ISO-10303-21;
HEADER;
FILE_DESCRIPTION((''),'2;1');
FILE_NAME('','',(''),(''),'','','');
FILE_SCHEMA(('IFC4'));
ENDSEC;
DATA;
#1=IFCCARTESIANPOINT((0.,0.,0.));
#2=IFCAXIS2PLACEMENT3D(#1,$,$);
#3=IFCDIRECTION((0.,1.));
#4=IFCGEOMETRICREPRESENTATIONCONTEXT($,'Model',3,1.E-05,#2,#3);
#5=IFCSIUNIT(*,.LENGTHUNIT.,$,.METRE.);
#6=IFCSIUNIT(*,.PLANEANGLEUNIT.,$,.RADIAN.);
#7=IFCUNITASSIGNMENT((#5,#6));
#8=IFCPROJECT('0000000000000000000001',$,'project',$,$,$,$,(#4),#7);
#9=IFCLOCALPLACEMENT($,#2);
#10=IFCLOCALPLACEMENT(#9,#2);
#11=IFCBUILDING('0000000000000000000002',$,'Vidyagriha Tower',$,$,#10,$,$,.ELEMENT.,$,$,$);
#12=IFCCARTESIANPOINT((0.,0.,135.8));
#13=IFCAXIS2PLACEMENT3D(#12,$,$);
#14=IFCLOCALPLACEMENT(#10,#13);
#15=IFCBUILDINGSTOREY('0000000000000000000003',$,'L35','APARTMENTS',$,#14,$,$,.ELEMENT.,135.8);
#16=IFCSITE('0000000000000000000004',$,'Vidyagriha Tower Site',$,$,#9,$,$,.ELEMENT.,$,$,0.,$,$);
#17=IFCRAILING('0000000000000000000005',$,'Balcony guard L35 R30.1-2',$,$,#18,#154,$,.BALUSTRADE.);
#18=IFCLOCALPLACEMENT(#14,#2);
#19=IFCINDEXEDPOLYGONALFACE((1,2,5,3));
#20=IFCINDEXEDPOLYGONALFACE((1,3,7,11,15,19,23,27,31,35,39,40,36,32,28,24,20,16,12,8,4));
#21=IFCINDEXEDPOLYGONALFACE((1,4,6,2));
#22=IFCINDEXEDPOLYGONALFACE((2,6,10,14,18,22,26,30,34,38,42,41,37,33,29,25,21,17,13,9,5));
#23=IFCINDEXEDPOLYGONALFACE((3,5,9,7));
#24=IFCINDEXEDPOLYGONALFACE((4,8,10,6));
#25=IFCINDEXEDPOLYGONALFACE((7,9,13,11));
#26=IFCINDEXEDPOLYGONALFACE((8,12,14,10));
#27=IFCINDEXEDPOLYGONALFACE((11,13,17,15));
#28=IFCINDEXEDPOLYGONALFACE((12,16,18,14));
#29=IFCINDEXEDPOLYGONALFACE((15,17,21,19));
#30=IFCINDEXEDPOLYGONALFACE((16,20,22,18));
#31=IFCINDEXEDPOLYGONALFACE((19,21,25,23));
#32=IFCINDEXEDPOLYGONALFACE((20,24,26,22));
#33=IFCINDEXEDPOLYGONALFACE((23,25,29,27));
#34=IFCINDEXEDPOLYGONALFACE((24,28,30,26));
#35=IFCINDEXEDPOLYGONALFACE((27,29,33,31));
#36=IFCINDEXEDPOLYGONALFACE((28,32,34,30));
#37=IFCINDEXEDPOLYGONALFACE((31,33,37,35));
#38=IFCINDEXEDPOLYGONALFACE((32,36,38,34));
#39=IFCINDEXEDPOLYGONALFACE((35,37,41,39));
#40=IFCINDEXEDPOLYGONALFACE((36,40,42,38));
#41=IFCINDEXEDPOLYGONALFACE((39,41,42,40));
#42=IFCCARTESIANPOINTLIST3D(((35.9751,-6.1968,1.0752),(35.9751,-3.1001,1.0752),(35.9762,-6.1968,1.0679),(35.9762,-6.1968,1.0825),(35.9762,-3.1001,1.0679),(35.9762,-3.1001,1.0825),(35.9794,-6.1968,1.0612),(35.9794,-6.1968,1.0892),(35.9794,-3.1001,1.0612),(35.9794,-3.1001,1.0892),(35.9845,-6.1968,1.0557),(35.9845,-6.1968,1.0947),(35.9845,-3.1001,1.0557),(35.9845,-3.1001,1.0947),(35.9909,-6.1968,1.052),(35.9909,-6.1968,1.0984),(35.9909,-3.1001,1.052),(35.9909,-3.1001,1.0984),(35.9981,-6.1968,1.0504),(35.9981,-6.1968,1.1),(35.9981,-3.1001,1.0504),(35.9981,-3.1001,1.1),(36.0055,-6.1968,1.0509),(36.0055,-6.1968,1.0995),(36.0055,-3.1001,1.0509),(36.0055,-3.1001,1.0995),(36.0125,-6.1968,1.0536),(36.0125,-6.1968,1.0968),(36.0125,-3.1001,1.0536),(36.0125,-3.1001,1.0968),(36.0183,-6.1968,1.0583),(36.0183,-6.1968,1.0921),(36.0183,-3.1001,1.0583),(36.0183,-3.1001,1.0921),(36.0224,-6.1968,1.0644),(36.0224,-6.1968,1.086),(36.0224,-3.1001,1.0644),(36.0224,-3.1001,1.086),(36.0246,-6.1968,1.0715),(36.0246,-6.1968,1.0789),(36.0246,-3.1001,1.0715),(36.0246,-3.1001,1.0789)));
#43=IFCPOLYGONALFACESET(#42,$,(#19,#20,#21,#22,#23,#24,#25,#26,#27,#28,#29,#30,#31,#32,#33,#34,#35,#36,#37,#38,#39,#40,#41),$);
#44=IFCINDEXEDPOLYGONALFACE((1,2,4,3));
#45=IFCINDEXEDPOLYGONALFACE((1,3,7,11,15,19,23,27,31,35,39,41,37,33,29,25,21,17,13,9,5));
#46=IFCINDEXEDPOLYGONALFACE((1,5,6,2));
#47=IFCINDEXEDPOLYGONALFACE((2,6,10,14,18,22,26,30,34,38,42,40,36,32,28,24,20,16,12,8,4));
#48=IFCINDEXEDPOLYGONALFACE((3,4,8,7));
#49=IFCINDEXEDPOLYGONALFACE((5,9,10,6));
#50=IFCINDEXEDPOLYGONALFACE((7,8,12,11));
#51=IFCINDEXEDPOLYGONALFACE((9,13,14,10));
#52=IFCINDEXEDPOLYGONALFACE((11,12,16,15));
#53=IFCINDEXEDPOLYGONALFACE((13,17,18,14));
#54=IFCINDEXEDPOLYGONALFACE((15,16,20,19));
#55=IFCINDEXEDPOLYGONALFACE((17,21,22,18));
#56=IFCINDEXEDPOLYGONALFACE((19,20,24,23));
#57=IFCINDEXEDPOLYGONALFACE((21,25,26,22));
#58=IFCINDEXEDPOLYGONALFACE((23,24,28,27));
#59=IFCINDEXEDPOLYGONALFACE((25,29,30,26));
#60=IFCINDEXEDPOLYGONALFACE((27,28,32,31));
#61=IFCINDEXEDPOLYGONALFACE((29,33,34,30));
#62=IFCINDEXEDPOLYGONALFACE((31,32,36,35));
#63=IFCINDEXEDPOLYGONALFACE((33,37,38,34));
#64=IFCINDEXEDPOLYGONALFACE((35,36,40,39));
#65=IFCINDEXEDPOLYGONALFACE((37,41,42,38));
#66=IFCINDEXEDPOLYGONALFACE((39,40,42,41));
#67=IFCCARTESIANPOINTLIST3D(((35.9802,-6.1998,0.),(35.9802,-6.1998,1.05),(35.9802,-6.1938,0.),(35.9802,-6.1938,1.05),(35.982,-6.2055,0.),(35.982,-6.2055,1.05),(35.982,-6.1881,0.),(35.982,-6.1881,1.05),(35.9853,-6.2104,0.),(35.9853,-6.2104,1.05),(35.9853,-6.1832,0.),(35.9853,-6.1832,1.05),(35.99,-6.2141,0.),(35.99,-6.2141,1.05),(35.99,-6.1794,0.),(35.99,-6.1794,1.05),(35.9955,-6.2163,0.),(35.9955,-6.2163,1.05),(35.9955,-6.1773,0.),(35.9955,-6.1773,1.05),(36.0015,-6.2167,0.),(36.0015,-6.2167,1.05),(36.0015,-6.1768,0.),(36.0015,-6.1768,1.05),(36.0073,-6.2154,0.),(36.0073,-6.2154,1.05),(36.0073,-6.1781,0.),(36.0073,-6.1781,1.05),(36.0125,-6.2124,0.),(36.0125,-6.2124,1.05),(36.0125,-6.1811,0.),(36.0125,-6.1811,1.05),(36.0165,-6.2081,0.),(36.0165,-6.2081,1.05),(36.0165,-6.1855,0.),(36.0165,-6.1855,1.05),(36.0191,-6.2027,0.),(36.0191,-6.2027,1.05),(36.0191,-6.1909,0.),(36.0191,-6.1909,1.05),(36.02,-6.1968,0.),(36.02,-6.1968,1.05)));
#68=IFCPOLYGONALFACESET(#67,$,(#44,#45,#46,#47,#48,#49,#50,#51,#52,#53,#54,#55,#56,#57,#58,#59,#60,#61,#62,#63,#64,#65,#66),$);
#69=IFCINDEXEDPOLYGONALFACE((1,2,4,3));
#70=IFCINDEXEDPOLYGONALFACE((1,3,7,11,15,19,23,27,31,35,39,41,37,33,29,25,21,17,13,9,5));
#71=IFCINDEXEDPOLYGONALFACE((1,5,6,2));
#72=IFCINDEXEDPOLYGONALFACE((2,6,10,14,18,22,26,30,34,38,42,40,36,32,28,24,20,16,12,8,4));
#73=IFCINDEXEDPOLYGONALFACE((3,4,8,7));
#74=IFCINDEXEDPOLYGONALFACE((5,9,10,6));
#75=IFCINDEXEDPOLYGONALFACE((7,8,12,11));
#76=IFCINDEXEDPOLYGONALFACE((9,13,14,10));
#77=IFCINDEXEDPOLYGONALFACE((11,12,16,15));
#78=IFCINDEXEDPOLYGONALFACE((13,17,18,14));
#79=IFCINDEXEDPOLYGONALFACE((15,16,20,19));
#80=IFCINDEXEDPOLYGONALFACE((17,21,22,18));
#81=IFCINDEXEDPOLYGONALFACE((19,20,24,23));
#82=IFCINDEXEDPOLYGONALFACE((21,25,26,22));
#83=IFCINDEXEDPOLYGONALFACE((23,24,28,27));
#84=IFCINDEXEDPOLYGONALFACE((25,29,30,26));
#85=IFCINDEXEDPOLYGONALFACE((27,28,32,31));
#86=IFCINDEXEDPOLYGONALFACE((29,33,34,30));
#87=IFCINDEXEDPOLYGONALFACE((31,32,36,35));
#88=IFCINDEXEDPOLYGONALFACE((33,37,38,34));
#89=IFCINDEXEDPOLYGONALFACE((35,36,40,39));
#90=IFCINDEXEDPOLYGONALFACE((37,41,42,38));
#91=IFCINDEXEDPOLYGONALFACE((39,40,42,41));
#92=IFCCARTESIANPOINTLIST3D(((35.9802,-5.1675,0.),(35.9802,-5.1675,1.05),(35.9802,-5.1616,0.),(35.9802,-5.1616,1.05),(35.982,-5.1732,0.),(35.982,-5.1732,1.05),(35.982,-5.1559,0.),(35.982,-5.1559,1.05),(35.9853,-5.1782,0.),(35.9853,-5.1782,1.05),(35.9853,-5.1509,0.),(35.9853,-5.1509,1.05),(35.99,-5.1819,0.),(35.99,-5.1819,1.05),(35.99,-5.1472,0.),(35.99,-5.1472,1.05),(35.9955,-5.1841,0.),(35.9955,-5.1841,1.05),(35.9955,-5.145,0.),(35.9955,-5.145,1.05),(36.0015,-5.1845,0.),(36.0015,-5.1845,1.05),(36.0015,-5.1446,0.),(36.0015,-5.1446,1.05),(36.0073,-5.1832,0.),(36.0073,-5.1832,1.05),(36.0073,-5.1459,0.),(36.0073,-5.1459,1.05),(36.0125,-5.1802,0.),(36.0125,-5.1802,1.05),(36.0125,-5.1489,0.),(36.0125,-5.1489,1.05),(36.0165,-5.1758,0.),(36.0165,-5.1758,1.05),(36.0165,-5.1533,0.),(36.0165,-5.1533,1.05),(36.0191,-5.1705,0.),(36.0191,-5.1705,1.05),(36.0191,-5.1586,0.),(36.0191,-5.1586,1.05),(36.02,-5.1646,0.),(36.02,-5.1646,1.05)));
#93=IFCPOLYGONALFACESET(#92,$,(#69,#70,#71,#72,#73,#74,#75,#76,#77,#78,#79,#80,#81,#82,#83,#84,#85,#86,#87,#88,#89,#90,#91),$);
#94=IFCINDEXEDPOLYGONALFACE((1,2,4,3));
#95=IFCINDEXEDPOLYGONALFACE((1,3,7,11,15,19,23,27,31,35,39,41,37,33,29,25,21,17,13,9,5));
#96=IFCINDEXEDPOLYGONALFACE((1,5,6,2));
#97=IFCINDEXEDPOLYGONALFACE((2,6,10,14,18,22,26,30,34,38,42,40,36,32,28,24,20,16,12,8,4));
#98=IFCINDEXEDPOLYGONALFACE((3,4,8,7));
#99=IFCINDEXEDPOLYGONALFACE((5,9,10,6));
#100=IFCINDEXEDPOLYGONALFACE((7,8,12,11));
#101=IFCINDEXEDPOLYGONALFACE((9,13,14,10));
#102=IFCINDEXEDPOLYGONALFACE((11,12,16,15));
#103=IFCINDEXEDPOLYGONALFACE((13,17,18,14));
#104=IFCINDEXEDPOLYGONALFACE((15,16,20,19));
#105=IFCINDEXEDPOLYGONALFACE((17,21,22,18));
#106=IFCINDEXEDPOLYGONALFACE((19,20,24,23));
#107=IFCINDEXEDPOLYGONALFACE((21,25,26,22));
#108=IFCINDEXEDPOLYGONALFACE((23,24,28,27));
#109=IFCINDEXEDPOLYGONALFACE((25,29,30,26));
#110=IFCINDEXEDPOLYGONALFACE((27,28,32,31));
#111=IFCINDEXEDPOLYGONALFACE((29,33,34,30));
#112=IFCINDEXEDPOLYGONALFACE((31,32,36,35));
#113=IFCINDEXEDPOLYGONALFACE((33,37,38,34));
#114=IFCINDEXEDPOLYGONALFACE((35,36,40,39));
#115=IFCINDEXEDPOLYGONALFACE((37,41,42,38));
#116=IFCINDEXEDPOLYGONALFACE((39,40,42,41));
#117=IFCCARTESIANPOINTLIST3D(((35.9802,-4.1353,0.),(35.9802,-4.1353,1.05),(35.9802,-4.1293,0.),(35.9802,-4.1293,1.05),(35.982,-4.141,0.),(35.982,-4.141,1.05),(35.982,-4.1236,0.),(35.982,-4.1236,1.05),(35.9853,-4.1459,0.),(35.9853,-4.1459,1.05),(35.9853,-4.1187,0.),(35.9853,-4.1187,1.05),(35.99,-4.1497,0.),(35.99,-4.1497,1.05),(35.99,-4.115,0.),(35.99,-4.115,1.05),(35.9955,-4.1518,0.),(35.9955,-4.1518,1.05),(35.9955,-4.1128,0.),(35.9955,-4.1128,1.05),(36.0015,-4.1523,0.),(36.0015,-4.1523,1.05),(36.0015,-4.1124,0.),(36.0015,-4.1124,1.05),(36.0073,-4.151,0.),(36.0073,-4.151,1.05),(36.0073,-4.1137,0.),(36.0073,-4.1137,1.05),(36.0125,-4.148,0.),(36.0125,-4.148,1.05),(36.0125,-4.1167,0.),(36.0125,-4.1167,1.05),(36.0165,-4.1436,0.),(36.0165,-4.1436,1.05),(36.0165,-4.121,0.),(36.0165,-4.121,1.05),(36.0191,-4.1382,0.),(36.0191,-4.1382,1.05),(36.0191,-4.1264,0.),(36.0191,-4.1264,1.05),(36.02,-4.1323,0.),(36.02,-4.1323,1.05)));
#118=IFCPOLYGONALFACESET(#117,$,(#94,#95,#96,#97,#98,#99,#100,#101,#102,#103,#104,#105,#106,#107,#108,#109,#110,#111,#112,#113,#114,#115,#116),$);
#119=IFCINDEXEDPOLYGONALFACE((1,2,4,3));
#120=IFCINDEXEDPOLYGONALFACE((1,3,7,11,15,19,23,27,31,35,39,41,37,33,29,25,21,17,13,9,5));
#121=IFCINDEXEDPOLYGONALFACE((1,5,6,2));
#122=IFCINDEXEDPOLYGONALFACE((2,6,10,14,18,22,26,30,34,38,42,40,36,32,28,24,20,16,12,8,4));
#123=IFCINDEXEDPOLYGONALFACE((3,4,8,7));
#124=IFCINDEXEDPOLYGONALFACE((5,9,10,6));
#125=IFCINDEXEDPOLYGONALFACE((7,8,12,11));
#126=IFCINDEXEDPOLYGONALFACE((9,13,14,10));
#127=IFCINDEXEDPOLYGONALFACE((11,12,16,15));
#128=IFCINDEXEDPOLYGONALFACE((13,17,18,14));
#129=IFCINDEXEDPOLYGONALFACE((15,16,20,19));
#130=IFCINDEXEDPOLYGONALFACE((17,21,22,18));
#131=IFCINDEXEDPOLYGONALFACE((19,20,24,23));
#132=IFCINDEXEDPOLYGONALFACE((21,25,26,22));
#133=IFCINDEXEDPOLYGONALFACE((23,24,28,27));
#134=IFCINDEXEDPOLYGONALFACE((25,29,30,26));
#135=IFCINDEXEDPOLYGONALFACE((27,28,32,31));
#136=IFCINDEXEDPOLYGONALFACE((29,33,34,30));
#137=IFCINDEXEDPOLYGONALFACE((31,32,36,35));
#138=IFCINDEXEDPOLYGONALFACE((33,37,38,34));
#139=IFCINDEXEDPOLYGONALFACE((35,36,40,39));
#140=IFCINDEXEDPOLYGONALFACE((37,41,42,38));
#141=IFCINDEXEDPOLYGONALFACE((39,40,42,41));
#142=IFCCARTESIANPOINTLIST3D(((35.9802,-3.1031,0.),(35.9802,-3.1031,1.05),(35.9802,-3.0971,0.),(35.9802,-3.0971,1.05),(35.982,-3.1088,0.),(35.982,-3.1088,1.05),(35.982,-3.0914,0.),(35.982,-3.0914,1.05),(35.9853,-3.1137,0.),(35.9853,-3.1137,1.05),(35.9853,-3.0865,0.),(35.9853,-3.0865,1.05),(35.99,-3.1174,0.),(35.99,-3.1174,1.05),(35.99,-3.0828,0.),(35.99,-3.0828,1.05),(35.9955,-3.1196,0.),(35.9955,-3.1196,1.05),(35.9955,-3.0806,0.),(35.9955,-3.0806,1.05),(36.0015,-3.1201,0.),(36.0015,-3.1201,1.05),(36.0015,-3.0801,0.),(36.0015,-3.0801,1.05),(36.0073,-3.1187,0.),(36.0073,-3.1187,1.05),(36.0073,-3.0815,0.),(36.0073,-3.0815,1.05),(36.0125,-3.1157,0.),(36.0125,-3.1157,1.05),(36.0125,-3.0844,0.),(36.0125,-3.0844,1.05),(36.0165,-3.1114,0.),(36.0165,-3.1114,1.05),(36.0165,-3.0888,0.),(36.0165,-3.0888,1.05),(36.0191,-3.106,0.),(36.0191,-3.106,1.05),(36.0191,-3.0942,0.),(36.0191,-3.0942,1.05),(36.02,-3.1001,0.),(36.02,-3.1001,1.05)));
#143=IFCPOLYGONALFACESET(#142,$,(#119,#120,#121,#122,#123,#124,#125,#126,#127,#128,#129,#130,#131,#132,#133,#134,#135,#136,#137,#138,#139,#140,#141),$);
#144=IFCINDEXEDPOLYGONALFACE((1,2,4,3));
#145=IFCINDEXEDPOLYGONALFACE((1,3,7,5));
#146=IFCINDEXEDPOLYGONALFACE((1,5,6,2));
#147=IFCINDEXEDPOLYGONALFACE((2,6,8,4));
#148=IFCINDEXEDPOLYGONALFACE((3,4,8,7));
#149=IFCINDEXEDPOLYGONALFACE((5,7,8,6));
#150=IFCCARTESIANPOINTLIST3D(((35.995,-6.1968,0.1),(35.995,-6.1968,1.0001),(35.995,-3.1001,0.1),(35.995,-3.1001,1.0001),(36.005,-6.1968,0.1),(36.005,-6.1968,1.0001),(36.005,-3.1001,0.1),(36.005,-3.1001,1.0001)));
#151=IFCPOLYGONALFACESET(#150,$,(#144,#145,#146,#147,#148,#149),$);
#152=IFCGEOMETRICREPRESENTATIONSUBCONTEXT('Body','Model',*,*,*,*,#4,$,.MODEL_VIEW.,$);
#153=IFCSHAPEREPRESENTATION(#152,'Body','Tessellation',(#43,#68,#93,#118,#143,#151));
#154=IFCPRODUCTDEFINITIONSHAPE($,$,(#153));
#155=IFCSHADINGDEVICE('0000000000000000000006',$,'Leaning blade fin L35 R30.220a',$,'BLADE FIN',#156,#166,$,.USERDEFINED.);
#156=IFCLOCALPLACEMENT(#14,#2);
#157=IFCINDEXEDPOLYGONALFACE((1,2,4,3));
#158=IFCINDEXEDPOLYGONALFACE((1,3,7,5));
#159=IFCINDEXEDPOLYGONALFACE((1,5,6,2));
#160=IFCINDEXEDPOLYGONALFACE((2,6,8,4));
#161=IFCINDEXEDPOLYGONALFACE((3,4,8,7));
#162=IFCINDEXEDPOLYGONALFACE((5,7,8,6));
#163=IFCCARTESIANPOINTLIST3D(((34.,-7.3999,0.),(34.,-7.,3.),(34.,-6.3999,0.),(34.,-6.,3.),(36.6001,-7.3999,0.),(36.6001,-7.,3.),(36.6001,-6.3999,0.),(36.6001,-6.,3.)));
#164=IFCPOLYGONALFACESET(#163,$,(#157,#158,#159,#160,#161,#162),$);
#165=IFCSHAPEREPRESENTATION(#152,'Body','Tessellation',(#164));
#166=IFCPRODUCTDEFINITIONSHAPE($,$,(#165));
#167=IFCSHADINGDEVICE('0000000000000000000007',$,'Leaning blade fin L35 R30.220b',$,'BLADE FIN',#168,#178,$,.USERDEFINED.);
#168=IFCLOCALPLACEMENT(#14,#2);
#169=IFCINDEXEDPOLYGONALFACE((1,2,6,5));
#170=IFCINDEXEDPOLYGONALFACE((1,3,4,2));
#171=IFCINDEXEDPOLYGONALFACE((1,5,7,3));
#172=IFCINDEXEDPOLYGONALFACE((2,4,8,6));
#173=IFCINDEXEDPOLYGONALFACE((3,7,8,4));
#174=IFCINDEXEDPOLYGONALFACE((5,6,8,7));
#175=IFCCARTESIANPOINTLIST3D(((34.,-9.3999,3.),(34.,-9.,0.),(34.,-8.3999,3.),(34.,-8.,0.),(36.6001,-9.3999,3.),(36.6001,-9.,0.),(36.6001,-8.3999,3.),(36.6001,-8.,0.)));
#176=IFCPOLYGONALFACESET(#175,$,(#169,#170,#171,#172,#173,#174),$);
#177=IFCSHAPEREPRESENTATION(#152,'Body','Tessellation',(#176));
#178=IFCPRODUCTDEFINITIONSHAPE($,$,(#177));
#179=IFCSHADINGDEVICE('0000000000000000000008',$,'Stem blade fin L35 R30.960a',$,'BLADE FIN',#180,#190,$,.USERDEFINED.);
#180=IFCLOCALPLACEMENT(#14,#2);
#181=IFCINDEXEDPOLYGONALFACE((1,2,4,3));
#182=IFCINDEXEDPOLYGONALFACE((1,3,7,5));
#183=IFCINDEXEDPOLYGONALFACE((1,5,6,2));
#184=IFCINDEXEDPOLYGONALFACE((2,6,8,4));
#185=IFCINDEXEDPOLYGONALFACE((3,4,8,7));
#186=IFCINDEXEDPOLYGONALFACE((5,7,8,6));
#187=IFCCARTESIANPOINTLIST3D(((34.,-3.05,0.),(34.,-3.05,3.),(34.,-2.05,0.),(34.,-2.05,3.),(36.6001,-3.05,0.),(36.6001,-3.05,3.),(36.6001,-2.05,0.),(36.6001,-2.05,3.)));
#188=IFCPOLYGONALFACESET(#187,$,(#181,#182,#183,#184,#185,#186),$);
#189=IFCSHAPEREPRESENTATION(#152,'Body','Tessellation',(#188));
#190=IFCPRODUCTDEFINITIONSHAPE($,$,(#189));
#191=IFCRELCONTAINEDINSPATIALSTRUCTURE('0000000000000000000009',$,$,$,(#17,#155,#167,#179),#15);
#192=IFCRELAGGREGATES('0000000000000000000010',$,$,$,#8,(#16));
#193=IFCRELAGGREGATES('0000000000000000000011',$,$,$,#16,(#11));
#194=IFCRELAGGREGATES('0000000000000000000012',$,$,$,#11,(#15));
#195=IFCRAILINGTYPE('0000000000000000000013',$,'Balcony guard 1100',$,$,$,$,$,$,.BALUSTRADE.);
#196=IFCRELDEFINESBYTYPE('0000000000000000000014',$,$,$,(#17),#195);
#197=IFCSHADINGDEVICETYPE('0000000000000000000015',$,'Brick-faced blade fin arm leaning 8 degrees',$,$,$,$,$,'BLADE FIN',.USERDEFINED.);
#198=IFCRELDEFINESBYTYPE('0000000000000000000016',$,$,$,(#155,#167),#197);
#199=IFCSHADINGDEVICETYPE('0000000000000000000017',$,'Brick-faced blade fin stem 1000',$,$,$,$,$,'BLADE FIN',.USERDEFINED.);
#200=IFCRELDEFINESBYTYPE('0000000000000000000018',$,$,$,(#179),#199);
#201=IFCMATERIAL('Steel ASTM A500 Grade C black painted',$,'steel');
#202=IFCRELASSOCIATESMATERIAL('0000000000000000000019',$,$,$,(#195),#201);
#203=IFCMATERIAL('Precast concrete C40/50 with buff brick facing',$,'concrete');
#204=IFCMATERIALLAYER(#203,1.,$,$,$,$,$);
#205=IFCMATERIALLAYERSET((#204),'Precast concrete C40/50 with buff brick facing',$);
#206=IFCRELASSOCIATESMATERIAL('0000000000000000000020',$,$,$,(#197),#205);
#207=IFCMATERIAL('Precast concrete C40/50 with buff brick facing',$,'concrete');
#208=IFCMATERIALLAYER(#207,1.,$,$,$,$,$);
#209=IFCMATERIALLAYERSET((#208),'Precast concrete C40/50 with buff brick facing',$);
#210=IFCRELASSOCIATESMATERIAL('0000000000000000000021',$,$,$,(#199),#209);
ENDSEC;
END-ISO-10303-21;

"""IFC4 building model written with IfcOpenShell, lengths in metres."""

from ifc_helpers import new_model, si_unit, direction, frame, origin, origin_2d, place, context, subcontext, project, spatial, polyline, rectangle, circle, outline, extrude, material, layer, layer_set, type_object, element, save


model = new_model("IFC4")

# Units and contexts
model_context = context("Model", 3, precision=1e-05, world=origin(), true_north=direction((0.0, 1.0)))
body_context = subcontext(model_context, "Body", "Model", "MODEL_VIEW")
ifc_project = project(units=[si_unit("LENGTHUNIT", "METRE"), si_unit("PLANEANGLEUNIT", "RADIAN")], contexts=[model_context])

# Site, building, storey
site_placement = place(None, origin())
site = spatial("IfcSite", under=ifc_project, at=site_placement, Name="Vidyagriha Tower Site", CompositionType="ELEMENT", RefElevation=0.0)
building_placement = place(site_placement, origin())
building = spatial("IfcBuilding", under=site, at=building_placement, Name="Vidyagriha Tower", CompositionType="ELEMENT")
storey_placement = place(building_placement, frame((0.0, 0.0, 135.8)))
storey = spatial("IfcBuildingStorey", under=building, at=storey_placement, Name="L35", Description="APARTMENTS", CompositionType="ELEMENT", Elevation=135.8)

# Railing
ifc_material_1 = material(Name="Steel ASTM A500 Grade C black painted", Category="steel")
railing_type_1 = type_object("IfcRailingType", Name="Balcony guard 1100", PredefinedType="BALUSTRADE", material=ifc_material_1)
railing_1_placement = place(storey_placement, frame((36.0, -6.1968, 0.0)))
element("IfcRailing", 1, at=railing_1_placement, inside=storey, type_object=railing_type_1, Name="Balcony guard L35 R30.1-2", PredefinedType="BALUSTRADE", context=body_context, shape_type="SweptSolid", body=[
    extrude(circle(Radius=0.0249, at=origin_2d()), frame((0.0, 0.0, 1.0752), z_axis=(0.0, 1.0, 0.0), x_axis=(-1.0, 0.0, 0.0)), (0.0, 0.0, 1.0), 3.0967),
    extrude(circle(Radius=0.02, at=origin_2d()), origin(), (0.0, 0.0, 1.0), 1.05),
    extrude(circle(Radius=0.02, at=origin_2d()), frame((0.0, 1.0322, 0.0)), (0.0, 0.0, 1.0), 1.05),
    extrude(circle(Radius=0.02, at=origin_2d()), frame((0.0, 2.0645, 0.0)), (0.0, 0.0, 1.0), 1.05),
    extrude(circle(Radius=0.02, at=origin_2d()), frame((0.0, 3.0967, 0.0)), (0.0, 0.0, 1.0), 1.05),
    extrude(rectangle(XDim=0.01, YDim=0.9001, at=origin_2d()), frame((0.0, 0.0, 0.55), z_axis=(0.0, 1.0, 0.0), x_axis=(-1.0, 0.0, 0.0)), (0.0, 0.0, 1.0), 3.0967),
])

# Shading devices
ifc_material_2 = material(Name="Precast concrete C40/50 with buff brick facing", Category="concrete")
ifc_layer_1 = layer(ifc_material_2, 1.0)
ifc_layer_set_1 = layer_set([ifc_layer_1], Name="Precast concrete C40/50 with buff brick facing")
shading_device_type_1 = type_object("IfcShadingDeviceType", Name="Brick-faced blade fin arm leaning 8 degrees", ElementType="BLADE FIN", PredefinedType="USERDEFINED", material=ifc_layer_set_1)
shading_device_1_placement = place(storey_placement, frame((35.3, -7.3999, 0.0), z_axis=(0.0, 0.0, 1.0), x_axis=(0.0, 1.0, 0.0)))
element("IfcShadingDevice", 2, at=shading_device_1_placement, inside=storey, type_object=shading_device_type_1, Name="Leaning blade fin L35 R30.220a", ObjectType="BLADE FIN", PredefinedType="USERDEFINED", context=body_context, shape_type="SweptSolid", body=[
    extrude(outline(polyline([(0.0, 0.0), (1.0, 0.0), (1.3999, 3.0), (0.3999, 3.0), (0.0, 0.0)])), frame((0.0, 1.3, 0.0), z_axis=(0.0, -1.0, 0.0), x_axis=(1.0, 0.0, 0.0)), (0.0, 0.0, 1.0), 2.6001),
])
shading_device_2_placement = place(storey_placement, frame((35.3, -9.3999, 0.0), z_axis=(0.0, 0.0, 1.0), x_axis=(0.0, 1.0, 0.0)))
element("IfcShadingDevice", 3, at=shading_device_2_placement, inside=storey, type_object=shading_device_type_1, Name="Leaning blade fin L35 R30.220b", ObjectType="BLADE FIN", PredefinedType="USERDEFINED", context=body_context, shape_type="SweptSolid", body=[
    extrude(outline(polyline([(0.3999, 0.0), (1.3999, 0.0), (1.0, 3.0), (0.0, 3.0), (0.3999, 0.0)])), frame((0.0, 1.3, 0.0), z_axis=(0.0, -1.0, 0.0), x_axis=(1.0, 0.0, 0.0)), (0.0, 0.0, 1.0), 2.6001),
])
ifc_material_3 = material(Name="Precast concrete C40/50 with buff brick facing", Category="concrete")
ifc_layer_2 = layer(ifc_material_3, 1.0)
ifc_layer_set_2 = layer_set([ifc_layer_2], Name="Precast concrete C40/50 with buff brick facing")
shading_device_type_2 = type_object("IfcShadingDeviceType", Name="Brick-faced blade fin stem 1000", ElementType="BLADE FIN", PredefinedType="USERDEFINED", material=ifc_layer_set_2)
shading_device_3_placement = place(storey_placement, frame((35.3, -3.05, 0.0), z_axis=(0.0, 0.0, 1.0), x_axis=(0.0, 1.0, 0.0)))
element("IfcShadingDevice", 4, at=shading_device_3_placement, inside=storey, type_object=shading_device_type_2, Name="Stem blade fin L35 R30.960a", ObjectType="BLADE FIN", PredefinedType="USERDEFINED", context=body_context, shape_type="SweptSolid", body=[
    extrude(outline(polyline([(0.0, 0.0), (1.0, 0.0), (1.0, 3.0), (0.0, 3.0), (0.0, 0.0)])), frame((0.0, 1.3, 0.0), z_axis=(0.0, -1.0, 0.0), x_axis=(1.0, 0.0, 0.0)), (0.0, 0.0, 1.0), 2.6001),
])

save(model, "model.ifc")
